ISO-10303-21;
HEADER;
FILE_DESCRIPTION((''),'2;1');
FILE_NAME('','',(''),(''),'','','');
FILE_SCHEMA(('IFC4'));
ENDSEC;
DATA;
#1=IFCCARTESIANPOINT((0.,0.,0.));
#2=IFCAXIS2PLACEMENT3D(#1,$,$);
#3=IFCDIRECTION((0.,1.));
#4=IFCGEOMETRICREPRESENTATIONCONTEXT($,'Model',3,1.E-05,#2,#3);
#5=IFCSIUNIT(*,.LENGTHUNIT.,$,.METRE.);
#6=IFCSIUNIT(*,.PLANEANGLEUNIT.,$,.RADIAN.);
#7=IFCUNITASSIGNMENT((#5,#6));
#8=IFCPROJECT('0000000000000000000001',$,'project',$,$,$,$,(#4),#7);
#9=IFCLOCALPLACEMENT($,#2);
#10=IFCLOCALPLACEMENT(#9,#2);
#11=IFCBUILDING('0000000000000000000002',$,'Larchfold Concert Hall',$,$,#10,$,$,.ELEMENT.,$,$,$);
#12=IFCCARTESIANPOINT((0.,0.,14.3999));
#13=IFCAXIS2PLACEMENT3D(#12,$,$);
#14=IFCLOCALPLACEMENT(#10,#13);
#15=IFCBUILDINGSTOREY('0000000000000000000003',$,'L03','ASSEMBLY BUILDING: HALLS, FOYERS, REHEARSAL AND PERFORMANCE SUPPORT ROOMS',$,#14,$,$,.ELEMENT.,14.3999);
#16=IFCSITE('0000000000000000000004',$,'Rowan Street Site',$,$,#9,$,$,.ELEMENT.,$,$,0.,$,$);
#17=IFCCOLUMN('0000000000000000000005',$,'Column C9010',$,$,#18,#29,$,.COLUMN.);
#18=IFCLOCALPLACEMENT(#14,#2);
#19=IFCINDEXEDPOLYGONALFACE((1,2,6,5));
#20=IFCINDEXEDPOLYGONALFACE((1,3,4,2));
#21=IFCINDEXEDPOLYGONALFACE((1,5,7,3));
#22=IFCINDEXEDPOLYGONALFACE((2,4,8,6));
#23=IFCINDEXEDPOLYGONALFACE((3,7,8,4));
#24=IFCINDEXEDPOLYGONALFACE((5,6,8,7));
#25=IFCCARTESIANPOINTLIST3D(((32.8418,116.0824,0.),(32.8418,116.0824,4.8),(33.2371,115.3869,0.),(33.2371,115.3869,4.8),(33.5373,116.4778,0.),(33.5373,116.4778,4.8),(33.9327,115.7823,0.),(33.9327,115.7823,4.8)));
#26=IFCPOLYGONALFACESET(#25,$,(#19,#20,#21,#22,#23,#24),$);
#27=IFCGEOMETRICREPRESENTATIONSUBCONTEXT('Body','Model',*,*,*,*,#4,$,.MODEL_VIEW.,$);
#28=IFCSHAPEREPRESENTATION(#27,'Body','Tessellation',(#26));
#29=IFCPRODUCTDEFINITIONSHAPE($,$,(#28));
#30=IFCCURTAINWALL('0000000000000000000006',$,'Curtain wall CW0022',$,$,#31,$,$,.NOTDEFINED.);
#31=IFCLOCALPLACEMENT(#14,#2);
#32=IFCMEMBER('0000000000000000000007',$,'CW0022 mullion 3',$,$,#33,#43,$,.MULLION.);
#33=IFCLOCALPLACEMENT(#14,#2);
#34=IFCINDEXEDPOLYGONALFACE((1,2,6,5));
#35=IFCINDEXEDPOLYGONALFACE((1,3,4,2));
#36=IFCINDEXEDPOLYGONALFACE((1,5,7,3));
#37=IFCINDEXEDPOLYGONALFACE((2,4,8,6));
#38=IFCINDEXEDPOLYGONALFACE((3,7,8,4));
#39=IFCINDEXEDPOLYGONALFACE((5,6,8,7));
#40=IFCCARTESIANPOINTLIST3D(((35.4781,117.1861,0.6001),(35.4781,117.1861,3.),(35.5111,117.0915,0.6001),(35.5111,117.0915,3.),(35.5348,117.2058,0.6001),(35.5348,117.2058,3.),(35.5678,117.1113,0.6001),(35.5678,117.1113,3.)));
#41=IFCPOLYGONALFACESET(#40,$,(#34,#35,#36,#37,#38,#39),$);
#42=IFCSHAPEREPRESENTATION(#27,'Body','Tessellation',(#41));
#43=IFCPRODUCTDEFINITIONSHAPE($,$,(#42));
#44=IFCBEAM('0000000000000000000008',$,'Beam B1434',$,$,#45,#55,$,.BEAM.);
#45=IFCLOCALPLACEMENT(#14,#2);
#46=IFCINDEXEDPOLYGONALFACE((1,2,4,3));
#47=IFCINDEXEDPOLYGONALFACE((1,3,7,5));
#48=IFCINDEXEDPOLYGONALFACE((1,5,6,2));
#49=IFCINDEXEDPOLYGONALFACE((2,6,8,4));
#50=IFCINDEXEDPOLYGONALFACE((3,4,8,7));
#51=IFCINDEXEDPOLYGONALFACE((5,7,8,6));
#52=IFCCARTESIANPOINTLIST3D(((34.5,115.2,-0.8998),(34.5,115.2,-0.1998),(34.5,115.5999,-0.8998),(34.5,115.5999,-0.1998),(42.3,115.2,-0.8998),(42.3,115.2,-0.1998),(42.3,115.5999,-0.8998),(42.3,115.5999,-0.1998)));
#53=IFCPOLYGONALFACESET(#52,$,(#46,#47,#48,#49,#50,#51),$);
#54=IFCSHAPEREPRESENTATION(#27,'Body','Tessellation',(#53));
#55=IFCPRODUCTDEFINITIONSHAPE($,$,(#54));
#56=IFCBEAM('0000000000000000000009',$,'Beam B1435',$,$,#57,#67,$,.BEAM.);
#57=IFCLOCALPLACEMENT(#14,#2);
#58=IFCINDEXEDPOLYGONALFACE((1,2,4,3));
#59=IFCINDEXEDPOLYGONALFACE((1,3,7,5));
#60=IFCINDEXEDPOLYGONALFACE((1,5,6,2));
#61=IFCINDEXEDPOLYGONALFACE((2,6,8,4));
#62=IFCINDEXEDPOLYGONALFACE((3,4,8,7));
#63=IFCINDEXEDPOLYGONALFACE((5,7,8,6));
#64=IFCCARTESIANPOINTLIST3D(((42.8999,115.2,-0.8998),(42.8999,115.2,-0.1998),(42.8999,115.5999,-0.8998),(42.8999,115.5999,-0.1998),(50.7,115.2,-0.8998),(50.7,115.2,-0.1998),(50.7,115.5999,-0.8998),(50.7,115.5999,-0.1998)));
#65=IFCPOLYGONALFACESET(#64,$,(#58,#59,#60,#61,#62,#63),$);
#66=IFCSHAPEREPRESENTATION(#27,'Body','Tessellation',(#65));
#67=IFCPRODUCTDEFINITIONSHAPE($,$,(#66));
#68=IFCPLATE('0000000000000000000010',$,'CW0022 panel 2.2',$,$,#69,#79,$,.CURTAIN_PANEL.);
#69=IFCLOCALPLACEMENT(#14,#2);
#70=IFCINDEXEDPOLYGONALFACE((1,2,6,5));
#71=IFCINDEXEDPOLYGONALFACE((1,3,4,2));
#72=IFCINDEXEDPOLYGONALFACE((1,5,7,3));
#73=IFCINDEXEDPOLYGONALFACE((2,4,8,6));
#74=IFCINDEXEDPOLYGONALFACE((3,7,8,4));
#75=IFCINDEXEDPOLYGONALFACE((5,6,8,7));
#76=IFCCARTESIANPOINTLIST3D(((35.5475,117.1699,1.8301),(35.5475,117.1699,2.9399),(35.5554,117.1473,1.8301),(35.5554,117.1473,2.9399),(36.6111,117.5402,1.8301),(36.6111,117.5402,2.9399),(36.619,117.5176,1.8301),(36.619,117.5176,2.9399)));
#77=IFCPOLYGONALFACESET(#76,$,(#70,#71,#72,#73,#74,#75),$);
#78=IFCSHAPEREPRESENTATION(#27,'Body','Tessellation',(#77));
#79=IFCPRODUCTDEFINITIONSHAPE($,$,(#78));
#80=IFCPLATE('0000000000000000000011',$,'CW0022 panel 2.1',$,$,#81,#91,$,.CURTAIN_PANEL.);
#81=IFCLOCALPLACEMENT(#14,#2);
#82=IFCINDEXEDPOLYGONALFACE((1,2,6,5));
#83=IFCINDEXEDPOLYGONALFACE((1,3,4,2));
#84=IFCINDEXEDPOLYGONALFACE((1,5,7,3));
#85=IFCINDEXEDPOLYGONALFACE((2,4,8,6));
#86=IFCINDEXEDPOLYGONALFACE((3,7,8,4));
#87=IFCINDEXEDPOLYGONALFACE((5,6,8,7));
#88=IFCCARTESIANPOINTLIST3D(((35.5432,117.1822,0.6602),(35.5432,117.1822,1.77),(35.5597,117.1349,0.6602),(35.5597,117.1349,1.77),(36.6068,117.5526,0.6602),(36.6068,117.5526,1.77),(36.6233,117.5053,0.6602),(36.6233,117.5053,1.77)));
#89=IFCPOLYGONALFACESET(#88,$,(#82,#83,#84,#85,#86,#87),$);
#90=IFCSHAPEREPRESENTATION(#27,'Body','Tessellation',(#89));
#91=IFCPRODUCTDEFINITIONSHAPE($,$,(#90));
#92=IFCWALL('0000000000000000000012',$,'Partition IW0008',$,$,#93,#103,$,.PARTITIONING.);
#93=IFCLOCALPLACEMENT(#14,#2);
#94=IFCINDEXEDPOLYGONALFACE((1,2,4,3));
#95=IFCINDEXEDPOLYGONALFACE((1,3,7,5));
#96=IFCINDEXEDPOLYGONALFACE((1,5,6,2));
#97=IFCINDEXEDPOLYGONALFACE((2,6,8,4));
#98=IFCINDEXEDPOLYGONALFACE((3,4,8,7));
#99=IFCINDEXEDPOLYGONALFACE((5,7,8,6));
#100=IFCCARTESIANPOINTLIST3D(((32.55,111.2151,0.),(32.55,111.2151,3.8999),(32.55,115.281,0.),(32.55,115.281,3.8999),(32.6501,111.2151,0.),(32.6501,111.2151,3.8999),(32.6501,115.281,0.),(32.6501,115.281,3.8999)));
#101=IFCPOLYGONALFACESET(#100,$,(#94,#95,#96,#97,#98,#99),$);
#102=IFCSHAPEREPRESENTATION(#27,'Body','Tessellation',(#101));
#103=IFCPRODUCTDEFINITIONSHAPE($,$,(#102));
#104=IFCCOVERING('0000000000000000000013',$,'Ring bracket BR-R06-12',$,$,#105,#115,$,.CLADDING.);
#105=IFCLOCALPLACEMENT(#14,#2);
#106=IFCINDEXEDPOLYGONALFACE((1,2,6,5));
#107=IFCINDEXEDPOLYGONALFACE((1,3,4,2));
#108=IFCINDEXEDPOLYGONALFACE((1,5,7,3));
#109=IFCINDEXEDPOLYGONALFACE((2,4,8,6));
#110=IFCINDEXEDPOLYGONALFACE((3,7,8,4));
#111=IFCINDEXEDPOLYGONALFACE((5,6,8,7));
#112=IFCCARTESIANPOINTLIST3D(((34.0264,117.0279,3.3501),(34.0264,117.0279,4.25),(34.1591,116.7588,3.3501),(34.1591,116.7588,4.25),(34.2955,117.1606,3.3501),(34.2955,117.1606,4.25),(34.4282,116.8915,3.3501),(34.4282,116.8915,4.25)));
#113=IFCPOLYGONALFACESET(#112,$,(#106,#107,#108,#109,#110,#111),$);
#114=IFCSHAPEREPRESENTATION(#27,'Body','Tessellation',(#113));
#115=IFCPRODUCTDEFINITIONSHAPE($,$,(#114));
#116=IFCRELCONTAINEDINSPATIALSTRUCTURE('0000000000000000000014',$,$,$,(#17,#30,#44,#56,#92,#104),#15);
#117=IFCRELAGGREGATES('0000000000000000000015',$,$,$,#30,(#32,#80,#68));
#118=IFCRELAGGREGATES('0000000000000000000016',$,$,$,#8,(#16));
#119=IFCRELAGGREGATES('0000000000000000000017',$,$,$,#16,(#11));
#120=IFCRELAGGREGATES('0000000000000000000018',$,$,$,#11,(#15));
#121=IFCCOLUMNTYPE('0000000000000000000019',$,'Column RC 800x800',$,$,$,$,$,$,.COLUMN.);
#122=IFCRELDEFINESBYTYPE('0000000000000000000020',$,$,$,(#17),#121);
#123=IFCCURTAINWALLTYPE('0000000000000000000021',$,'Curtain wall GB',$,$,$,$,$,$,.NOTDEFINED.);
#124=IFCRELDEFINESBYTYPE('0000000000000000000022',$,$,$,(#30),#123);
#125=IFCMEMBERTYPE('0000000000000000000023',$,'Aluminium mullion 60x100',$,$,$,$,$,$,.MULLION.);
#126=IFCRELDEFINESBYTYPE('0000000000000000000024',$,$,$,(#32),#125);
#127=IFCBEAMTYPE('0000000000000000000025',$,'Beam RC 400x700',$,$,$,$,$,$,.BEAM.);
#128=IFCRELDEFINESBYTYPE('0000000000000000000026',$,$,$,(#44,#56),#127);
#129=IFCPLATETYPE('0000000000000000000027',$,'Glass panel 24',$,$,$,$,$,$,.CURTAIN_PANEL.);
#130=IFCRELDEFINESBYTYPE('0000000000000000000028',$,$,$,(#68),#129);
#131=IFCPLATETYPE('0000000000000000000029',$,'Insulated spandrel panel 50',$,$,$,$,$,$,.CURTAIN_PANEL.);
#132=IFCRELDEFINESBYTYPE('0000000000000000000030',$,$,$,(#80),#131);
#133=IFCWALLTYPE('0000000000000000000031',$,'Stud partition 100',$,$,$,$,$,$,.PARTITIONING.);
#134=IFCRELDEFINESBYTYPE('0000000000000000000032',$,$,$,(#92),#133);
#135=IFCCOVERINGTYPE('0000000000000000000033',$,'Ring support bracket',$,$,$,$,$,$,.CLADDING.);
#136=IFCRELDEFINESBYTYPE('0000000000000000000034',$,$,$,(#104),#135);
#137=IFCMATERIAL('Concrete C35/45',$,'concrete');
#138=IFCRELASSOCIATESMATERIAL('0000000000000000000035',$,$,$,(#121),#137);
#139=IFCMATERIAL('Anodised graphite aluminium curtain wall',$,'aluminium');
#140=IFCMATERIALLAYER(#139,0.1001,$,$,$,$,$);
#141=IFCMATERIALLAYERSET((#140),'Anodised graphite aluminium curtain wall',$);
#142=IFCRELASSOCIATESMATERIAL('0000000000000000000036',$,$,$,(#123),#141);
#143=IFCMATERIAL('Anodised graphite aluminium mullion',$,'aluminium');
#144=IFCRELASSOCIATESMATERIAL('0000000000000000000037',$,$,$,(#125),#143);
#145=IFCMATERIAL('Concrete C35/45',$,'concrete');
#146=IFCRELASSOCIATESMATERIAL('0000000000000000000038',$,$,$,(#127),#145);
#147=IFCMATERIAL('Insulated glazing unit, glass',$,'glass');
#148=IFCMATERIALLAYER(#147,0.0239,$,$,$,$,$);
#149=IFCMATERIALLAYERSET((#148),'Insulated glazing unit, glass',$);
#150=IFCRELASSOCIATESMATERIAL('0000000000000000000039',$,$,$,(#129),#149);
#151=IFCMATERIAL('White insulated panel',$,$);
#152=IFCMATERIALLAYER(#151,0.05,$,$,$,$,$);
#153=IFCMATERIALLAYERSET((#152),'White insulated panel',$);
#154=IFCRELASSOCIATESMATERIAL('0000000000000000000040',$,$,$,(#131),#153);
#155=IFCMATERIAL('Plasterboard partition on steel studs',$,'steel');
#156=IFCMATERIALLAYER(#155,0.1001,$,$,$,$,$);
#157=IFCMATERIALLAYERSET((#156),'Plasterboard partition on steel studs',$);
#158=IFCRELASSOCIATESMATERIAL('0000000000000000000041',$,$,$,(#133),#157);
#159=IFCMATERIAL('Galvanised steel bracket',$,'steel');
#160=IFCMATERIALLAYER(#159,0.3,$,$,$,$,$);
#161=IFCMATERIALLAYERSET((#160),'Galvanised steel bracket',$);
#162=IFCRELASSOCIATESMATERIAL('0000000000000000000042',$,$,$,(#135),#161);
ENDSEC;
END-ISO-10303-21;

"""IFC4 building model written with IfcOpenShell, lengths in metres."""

from ifc_helpers import new_model, si_unit, direction, frame, frame_2d, origin, origin_2d, place, context, subcontext, project, spatial, rectangle, extrude, material, layer, layer_set, material_profile, profile_set, type_object, element, aggregate, save


model = new_model("IFC4")

# Units and contexts
model_context = context("Model", 3, precision=1e-05, world=origin(), true_north=direction((0.0, 1.0)))
body_context = subcontext(model_context, "Body", "Model", "MODEL_VIEW")
ifc_project = project(units=[si_unit("LENGTHUNIT", "METRE"), si_unit("PLANEANGLEUNIT", "RADIAN")], contexts=[model_context])

# Site, building, storey
site_placement = place(None, origin())
site = spatial("IfcSite", under=ifc_project, at=site_placement, Name="Rowan Street Site", CompositionType="ELEMENT", RefElevation=0.0)
building_placement = place(site_placement, origin())
building = spatial("IfcBuilding", under=site, at=building_placement, Name="Larchfold Concert Hall", CompositionType="ELEMENT")
storey_placement = place(building_placement, frame((0.0, 0.0, 14.3999)))
storey = spatial("IfcBuildingStorey", under=building, at=storey_placement, Name="L03", Description="ASSEMBLY BUILDING: HALLS, FOYERS, REHEARSAL AND PERFORMANCE SUPPORT ROOMS", CompositionType="ELEMENT", Elevation=14.3999)

# Column
ifc_material_1 = material(Name="Concrete C35/45", Category="concrete")
ifc_material_profile_1 = material_profile(ifc_material_1, rectangle(XDim=0.8, YDim=0.8, at=origin_2d()))
ifc_profile_set_1 = profile_set([ifc_material_profile_1], Name="Concrete C35/45")
column_type = type_object("IfcColumnType", Name="Column RC 800x800", PredefinedType="COLUMN", material=ifc_profile_set_1)
column_placement = place(storey_placement, frame((33.3872, 115.9324, 0.0), z_axis=(0.0, 0.0, 1.0), x_axis=(0.86935, 0.494197, 0.0)))
element("IfcColumn", 1, at=column_placement, inside=storey, type_object=column_type, Name="Column C9010", PredefinedType="COLUMN", context=body_context, shape_type="SweptSolid", body=[
    extrude(rectangle(XDim=0.8, YDim=0.8, at=origin_2d()), origin(), (0.0, 0.0, 1.0), 4.8),
])

# Curtain wall, member
ifc_material_2 = material(Name="Anodised graphite aluminium curtain wall", Category="aluminium")
ifc_layer_1 = layer(ifc_material_2, 0.1001)
ifc_layer_set_1 = layer_set([ifc_layer_1], Name="Anodised graphite aluminium curtain wall")
curtain_wall_type = type_object("IfcCurtainWallType", Name="Curtain wall GB", PredefinedType="NOTDEFINED", material=ifc_layer_set_1)
curtain_wall_1_placement = place(storey_placement, origin())
curtain_wall_1 = element("IfcCurtainWall", 2, at=curtain_wall_1_placement, inside=storey, type_object=curtain_wall_type, Name="Curtain wall CW0022", PredefinedType="NOTDEFINED")
ifc_material_3 = material(Name="Anodised graphite aluminium mullion", Category="aluminium")
ifc_material_profile_2 = material_profile(ifc_material_3, rectangle(XDim=0.1001, YDim=0.0601, at=origin_2d()))
ifc_profile_set_2 = profile_set([ifc_material_profile_2], Name="Anodised graphite aluminium mullion")
member_type_1 = type_object("IfcMemberType", Name="Aluminium mullion 60x100", PredefinedType="MULLION", material=ifc_profile_set_2)
member_1_placement = place(storey_placement, frame((35.5229, 117.1487, 0.6001), z_axis=(0.0, 0.0, 1.0), x_axis=(0.328875, -0.944374, 0.0)))
member_1 = element("IfcMember", 3, at=member_1_placement, type_object=member_type_1, Name="CW0022 mullion 3", PredefinedType="MULLION", context=body_context, shape_type="SweptSolid", body=[
    extrude(rectangle(XDim=0.1001, YDim=0.0601, at=origin_2d()), origin(), (0.0, 0.0, 1.0), 2.3999),
])

# Beams
ifc_material_4 = material(Name="Concrete C35/45", Category="concrete")
ifc_material_profile_3 = material_profile(ifc_material_4, rectangle(XDim=0.3999, YDim=0.7, at=origin_2d()))
ifc_profile_set_3 = profile_set([ifc_material_profile_3], Name="Concrete C35/45")
beam_type = type_object("IfcBeamType", Name="Beam RC 400x700", PredefinedType="BEAM", material=ifc_profile_set_3)
for number, where, z_axis, x_axis, name in (
    (4, (34.5, 115.3999, -0.5498), (1.0, 0.0, 0.0), (0.0, 1.0, 0.0), "Beam B1434"),
    (5, (42.8999, 115.3999, -0.5498), (1.0, 0.0, 0.0), (0.0, 1.0, 0.0), "Beam B1435"),
):
    element("IfcBeam", number, at=place(storey_placement, frame(where, z_axis=z_axis, x_axis=x_axis)), inside=storey, type_object=beam_type, Name=name, PredefinedType="BEAM", context=body_context, shape_type="SweptSolid", body=[
        extrude(rectangle(XDim=0.3999, YDim=0.7, at=origin_2d()), origin(), (0.0, 0.0, 1.0), 7.8),
    ])

# Plates
ifc_material_5 = material(Name="Insulated glazing unit, glass", Category="glass")
ifc_layer_2 = layer(ifc_material_5, 0.0239)
ifc_layer_set_2 = layer_set([ifc_layer_2], Name="Insulated glazing unit, glass")
plate_type_1 = type_object("IfcPlateType", Name="Glass panel 24", PredefinedType="CURTAIN_PANEL", material=ifc_layer_set_2)
plate_1_placement = place(storey_placement, frame((36.0833, 117.3438, 1.8301), z_axis=(0.0, 0.0, 1.0), x_axis=(-0.944374, -0.328875, 0.0)))
plate_1 = element("IfcPlate", 6, at=plate_1_placement, type_object=plate_type_1, Name="CW0022 panel 2.2", PredefinedType="CURTAIN_PANEL", context=body_context, shape_type="SweptSolid", body=[
    extrude(rectangle(XDim=1.1262, YDim=0.0239, at=origin_2d()), origin(), (0.0, 0.0, 1.0), 1.1099),
])
ifc_material_6 = material(Name="White insulated panel")
ifc_layer_3 = layer(ifc_material_6, 0.05)
ifc_layer_set_3 = layer_set([ifc_layer_3], Name="White insulated panel")
plate_type_2 = type_object("IfcPlateType", Name="Insulated spandrel panel 50", PredefinedType="CURTAIN_PANEL", material=ifc_layer_set_3)
plate_2_placement = place(storey_placement, frame((36.0833, 117.3438, 0.6602), z_axis=(0.0, 0.0, 1.0), x_axis=(-0.944374, -0.328875, 0.0)))
plate_2 = element("IfcPlate", 7, at=plate_2_placement, type_object=plate_type_2, Name="CW0022 panel 2.1", PredefinedType="CURTAIN_PANEL", context=body_context, shape_type="SweptSolid", body=[
    extrude(rectangle(XDim=1.1262, YDim=0.05, at=origin_2d()), origin(), (0.0, 0.0, 1.0), 1.1099),
])
aggregate(curtain_wall_1, [member_1, plate_2, plate_1])

# Wall
ifc_material_7 = material(Name="Plasterboard partition on steel studs", Category="steel")
ifc_layer_4 = layer(ifc_material_7, 0.1001)
ifc_layer_set_4 = layer_set([ifc_layer_4], Name="Plasterboard partition on steel studs")
wall_type_1 = type_object("IfcWallType", Name="Stud partition 100", PredefinedType="PARTITIONING", material=ifc_layer_set_4)
wall_1_placement = place(storey_placement, frame((32.6001, 115.281, 0.0), z_axis=(0.0, 0.0, 1.0), x_axis=(0.0, -1.0, 0.0)))
element("IfcWall", 8, at=wall_1_placement, inside=storey, type_object=wall_type_1, Name="Partition IW0008", PredefinedType="PARTITIONING", context=body_context, shape_type="SweptSolid", body=[
    extrude(rectangle(XDim=4.0659, YDim=0.1001, at=frame_2d((2.033, 0.0))), origin(), (0.0, 0.0, 1.0), 3.8999),
])

# Covering
ifc_material_8 = material(Name="Galvanised steel bracket", Category="steel")
ifc_layer_5 = layer(ifc_material_8, 0.3)
ifc_layer_set_5 = layer_set([ifc_layer_5], Name="Galvanised steel bracket")
covering_type = type_object("IfcCoveringType", Name="Ring support bracket", PredefinedType="CLADDING", material=ifc_layer_set_5)
covering_placement = place(storey_placement, frame((34.2273, 116.9597, 3.3501), z_axis=(0.0, 0.0, 1.0), x_axis=(-0.442369, 0.896833, 0.0)))
element("IfcCovering", 9, at=covering_placement, inside=storey, type_object=covering_type, Name="Ring bracket BR-R06-12", PredefinedType="CLADDING", context=body_context, shape_type="SweptSolid", body=[
    extrude(rectangle(XDim=0.3, YDim=0.3, at=origin_2d()), origin(), (0.0, 0.0, 1.0), 0.8999),
])

save(model, "model.ifc")
